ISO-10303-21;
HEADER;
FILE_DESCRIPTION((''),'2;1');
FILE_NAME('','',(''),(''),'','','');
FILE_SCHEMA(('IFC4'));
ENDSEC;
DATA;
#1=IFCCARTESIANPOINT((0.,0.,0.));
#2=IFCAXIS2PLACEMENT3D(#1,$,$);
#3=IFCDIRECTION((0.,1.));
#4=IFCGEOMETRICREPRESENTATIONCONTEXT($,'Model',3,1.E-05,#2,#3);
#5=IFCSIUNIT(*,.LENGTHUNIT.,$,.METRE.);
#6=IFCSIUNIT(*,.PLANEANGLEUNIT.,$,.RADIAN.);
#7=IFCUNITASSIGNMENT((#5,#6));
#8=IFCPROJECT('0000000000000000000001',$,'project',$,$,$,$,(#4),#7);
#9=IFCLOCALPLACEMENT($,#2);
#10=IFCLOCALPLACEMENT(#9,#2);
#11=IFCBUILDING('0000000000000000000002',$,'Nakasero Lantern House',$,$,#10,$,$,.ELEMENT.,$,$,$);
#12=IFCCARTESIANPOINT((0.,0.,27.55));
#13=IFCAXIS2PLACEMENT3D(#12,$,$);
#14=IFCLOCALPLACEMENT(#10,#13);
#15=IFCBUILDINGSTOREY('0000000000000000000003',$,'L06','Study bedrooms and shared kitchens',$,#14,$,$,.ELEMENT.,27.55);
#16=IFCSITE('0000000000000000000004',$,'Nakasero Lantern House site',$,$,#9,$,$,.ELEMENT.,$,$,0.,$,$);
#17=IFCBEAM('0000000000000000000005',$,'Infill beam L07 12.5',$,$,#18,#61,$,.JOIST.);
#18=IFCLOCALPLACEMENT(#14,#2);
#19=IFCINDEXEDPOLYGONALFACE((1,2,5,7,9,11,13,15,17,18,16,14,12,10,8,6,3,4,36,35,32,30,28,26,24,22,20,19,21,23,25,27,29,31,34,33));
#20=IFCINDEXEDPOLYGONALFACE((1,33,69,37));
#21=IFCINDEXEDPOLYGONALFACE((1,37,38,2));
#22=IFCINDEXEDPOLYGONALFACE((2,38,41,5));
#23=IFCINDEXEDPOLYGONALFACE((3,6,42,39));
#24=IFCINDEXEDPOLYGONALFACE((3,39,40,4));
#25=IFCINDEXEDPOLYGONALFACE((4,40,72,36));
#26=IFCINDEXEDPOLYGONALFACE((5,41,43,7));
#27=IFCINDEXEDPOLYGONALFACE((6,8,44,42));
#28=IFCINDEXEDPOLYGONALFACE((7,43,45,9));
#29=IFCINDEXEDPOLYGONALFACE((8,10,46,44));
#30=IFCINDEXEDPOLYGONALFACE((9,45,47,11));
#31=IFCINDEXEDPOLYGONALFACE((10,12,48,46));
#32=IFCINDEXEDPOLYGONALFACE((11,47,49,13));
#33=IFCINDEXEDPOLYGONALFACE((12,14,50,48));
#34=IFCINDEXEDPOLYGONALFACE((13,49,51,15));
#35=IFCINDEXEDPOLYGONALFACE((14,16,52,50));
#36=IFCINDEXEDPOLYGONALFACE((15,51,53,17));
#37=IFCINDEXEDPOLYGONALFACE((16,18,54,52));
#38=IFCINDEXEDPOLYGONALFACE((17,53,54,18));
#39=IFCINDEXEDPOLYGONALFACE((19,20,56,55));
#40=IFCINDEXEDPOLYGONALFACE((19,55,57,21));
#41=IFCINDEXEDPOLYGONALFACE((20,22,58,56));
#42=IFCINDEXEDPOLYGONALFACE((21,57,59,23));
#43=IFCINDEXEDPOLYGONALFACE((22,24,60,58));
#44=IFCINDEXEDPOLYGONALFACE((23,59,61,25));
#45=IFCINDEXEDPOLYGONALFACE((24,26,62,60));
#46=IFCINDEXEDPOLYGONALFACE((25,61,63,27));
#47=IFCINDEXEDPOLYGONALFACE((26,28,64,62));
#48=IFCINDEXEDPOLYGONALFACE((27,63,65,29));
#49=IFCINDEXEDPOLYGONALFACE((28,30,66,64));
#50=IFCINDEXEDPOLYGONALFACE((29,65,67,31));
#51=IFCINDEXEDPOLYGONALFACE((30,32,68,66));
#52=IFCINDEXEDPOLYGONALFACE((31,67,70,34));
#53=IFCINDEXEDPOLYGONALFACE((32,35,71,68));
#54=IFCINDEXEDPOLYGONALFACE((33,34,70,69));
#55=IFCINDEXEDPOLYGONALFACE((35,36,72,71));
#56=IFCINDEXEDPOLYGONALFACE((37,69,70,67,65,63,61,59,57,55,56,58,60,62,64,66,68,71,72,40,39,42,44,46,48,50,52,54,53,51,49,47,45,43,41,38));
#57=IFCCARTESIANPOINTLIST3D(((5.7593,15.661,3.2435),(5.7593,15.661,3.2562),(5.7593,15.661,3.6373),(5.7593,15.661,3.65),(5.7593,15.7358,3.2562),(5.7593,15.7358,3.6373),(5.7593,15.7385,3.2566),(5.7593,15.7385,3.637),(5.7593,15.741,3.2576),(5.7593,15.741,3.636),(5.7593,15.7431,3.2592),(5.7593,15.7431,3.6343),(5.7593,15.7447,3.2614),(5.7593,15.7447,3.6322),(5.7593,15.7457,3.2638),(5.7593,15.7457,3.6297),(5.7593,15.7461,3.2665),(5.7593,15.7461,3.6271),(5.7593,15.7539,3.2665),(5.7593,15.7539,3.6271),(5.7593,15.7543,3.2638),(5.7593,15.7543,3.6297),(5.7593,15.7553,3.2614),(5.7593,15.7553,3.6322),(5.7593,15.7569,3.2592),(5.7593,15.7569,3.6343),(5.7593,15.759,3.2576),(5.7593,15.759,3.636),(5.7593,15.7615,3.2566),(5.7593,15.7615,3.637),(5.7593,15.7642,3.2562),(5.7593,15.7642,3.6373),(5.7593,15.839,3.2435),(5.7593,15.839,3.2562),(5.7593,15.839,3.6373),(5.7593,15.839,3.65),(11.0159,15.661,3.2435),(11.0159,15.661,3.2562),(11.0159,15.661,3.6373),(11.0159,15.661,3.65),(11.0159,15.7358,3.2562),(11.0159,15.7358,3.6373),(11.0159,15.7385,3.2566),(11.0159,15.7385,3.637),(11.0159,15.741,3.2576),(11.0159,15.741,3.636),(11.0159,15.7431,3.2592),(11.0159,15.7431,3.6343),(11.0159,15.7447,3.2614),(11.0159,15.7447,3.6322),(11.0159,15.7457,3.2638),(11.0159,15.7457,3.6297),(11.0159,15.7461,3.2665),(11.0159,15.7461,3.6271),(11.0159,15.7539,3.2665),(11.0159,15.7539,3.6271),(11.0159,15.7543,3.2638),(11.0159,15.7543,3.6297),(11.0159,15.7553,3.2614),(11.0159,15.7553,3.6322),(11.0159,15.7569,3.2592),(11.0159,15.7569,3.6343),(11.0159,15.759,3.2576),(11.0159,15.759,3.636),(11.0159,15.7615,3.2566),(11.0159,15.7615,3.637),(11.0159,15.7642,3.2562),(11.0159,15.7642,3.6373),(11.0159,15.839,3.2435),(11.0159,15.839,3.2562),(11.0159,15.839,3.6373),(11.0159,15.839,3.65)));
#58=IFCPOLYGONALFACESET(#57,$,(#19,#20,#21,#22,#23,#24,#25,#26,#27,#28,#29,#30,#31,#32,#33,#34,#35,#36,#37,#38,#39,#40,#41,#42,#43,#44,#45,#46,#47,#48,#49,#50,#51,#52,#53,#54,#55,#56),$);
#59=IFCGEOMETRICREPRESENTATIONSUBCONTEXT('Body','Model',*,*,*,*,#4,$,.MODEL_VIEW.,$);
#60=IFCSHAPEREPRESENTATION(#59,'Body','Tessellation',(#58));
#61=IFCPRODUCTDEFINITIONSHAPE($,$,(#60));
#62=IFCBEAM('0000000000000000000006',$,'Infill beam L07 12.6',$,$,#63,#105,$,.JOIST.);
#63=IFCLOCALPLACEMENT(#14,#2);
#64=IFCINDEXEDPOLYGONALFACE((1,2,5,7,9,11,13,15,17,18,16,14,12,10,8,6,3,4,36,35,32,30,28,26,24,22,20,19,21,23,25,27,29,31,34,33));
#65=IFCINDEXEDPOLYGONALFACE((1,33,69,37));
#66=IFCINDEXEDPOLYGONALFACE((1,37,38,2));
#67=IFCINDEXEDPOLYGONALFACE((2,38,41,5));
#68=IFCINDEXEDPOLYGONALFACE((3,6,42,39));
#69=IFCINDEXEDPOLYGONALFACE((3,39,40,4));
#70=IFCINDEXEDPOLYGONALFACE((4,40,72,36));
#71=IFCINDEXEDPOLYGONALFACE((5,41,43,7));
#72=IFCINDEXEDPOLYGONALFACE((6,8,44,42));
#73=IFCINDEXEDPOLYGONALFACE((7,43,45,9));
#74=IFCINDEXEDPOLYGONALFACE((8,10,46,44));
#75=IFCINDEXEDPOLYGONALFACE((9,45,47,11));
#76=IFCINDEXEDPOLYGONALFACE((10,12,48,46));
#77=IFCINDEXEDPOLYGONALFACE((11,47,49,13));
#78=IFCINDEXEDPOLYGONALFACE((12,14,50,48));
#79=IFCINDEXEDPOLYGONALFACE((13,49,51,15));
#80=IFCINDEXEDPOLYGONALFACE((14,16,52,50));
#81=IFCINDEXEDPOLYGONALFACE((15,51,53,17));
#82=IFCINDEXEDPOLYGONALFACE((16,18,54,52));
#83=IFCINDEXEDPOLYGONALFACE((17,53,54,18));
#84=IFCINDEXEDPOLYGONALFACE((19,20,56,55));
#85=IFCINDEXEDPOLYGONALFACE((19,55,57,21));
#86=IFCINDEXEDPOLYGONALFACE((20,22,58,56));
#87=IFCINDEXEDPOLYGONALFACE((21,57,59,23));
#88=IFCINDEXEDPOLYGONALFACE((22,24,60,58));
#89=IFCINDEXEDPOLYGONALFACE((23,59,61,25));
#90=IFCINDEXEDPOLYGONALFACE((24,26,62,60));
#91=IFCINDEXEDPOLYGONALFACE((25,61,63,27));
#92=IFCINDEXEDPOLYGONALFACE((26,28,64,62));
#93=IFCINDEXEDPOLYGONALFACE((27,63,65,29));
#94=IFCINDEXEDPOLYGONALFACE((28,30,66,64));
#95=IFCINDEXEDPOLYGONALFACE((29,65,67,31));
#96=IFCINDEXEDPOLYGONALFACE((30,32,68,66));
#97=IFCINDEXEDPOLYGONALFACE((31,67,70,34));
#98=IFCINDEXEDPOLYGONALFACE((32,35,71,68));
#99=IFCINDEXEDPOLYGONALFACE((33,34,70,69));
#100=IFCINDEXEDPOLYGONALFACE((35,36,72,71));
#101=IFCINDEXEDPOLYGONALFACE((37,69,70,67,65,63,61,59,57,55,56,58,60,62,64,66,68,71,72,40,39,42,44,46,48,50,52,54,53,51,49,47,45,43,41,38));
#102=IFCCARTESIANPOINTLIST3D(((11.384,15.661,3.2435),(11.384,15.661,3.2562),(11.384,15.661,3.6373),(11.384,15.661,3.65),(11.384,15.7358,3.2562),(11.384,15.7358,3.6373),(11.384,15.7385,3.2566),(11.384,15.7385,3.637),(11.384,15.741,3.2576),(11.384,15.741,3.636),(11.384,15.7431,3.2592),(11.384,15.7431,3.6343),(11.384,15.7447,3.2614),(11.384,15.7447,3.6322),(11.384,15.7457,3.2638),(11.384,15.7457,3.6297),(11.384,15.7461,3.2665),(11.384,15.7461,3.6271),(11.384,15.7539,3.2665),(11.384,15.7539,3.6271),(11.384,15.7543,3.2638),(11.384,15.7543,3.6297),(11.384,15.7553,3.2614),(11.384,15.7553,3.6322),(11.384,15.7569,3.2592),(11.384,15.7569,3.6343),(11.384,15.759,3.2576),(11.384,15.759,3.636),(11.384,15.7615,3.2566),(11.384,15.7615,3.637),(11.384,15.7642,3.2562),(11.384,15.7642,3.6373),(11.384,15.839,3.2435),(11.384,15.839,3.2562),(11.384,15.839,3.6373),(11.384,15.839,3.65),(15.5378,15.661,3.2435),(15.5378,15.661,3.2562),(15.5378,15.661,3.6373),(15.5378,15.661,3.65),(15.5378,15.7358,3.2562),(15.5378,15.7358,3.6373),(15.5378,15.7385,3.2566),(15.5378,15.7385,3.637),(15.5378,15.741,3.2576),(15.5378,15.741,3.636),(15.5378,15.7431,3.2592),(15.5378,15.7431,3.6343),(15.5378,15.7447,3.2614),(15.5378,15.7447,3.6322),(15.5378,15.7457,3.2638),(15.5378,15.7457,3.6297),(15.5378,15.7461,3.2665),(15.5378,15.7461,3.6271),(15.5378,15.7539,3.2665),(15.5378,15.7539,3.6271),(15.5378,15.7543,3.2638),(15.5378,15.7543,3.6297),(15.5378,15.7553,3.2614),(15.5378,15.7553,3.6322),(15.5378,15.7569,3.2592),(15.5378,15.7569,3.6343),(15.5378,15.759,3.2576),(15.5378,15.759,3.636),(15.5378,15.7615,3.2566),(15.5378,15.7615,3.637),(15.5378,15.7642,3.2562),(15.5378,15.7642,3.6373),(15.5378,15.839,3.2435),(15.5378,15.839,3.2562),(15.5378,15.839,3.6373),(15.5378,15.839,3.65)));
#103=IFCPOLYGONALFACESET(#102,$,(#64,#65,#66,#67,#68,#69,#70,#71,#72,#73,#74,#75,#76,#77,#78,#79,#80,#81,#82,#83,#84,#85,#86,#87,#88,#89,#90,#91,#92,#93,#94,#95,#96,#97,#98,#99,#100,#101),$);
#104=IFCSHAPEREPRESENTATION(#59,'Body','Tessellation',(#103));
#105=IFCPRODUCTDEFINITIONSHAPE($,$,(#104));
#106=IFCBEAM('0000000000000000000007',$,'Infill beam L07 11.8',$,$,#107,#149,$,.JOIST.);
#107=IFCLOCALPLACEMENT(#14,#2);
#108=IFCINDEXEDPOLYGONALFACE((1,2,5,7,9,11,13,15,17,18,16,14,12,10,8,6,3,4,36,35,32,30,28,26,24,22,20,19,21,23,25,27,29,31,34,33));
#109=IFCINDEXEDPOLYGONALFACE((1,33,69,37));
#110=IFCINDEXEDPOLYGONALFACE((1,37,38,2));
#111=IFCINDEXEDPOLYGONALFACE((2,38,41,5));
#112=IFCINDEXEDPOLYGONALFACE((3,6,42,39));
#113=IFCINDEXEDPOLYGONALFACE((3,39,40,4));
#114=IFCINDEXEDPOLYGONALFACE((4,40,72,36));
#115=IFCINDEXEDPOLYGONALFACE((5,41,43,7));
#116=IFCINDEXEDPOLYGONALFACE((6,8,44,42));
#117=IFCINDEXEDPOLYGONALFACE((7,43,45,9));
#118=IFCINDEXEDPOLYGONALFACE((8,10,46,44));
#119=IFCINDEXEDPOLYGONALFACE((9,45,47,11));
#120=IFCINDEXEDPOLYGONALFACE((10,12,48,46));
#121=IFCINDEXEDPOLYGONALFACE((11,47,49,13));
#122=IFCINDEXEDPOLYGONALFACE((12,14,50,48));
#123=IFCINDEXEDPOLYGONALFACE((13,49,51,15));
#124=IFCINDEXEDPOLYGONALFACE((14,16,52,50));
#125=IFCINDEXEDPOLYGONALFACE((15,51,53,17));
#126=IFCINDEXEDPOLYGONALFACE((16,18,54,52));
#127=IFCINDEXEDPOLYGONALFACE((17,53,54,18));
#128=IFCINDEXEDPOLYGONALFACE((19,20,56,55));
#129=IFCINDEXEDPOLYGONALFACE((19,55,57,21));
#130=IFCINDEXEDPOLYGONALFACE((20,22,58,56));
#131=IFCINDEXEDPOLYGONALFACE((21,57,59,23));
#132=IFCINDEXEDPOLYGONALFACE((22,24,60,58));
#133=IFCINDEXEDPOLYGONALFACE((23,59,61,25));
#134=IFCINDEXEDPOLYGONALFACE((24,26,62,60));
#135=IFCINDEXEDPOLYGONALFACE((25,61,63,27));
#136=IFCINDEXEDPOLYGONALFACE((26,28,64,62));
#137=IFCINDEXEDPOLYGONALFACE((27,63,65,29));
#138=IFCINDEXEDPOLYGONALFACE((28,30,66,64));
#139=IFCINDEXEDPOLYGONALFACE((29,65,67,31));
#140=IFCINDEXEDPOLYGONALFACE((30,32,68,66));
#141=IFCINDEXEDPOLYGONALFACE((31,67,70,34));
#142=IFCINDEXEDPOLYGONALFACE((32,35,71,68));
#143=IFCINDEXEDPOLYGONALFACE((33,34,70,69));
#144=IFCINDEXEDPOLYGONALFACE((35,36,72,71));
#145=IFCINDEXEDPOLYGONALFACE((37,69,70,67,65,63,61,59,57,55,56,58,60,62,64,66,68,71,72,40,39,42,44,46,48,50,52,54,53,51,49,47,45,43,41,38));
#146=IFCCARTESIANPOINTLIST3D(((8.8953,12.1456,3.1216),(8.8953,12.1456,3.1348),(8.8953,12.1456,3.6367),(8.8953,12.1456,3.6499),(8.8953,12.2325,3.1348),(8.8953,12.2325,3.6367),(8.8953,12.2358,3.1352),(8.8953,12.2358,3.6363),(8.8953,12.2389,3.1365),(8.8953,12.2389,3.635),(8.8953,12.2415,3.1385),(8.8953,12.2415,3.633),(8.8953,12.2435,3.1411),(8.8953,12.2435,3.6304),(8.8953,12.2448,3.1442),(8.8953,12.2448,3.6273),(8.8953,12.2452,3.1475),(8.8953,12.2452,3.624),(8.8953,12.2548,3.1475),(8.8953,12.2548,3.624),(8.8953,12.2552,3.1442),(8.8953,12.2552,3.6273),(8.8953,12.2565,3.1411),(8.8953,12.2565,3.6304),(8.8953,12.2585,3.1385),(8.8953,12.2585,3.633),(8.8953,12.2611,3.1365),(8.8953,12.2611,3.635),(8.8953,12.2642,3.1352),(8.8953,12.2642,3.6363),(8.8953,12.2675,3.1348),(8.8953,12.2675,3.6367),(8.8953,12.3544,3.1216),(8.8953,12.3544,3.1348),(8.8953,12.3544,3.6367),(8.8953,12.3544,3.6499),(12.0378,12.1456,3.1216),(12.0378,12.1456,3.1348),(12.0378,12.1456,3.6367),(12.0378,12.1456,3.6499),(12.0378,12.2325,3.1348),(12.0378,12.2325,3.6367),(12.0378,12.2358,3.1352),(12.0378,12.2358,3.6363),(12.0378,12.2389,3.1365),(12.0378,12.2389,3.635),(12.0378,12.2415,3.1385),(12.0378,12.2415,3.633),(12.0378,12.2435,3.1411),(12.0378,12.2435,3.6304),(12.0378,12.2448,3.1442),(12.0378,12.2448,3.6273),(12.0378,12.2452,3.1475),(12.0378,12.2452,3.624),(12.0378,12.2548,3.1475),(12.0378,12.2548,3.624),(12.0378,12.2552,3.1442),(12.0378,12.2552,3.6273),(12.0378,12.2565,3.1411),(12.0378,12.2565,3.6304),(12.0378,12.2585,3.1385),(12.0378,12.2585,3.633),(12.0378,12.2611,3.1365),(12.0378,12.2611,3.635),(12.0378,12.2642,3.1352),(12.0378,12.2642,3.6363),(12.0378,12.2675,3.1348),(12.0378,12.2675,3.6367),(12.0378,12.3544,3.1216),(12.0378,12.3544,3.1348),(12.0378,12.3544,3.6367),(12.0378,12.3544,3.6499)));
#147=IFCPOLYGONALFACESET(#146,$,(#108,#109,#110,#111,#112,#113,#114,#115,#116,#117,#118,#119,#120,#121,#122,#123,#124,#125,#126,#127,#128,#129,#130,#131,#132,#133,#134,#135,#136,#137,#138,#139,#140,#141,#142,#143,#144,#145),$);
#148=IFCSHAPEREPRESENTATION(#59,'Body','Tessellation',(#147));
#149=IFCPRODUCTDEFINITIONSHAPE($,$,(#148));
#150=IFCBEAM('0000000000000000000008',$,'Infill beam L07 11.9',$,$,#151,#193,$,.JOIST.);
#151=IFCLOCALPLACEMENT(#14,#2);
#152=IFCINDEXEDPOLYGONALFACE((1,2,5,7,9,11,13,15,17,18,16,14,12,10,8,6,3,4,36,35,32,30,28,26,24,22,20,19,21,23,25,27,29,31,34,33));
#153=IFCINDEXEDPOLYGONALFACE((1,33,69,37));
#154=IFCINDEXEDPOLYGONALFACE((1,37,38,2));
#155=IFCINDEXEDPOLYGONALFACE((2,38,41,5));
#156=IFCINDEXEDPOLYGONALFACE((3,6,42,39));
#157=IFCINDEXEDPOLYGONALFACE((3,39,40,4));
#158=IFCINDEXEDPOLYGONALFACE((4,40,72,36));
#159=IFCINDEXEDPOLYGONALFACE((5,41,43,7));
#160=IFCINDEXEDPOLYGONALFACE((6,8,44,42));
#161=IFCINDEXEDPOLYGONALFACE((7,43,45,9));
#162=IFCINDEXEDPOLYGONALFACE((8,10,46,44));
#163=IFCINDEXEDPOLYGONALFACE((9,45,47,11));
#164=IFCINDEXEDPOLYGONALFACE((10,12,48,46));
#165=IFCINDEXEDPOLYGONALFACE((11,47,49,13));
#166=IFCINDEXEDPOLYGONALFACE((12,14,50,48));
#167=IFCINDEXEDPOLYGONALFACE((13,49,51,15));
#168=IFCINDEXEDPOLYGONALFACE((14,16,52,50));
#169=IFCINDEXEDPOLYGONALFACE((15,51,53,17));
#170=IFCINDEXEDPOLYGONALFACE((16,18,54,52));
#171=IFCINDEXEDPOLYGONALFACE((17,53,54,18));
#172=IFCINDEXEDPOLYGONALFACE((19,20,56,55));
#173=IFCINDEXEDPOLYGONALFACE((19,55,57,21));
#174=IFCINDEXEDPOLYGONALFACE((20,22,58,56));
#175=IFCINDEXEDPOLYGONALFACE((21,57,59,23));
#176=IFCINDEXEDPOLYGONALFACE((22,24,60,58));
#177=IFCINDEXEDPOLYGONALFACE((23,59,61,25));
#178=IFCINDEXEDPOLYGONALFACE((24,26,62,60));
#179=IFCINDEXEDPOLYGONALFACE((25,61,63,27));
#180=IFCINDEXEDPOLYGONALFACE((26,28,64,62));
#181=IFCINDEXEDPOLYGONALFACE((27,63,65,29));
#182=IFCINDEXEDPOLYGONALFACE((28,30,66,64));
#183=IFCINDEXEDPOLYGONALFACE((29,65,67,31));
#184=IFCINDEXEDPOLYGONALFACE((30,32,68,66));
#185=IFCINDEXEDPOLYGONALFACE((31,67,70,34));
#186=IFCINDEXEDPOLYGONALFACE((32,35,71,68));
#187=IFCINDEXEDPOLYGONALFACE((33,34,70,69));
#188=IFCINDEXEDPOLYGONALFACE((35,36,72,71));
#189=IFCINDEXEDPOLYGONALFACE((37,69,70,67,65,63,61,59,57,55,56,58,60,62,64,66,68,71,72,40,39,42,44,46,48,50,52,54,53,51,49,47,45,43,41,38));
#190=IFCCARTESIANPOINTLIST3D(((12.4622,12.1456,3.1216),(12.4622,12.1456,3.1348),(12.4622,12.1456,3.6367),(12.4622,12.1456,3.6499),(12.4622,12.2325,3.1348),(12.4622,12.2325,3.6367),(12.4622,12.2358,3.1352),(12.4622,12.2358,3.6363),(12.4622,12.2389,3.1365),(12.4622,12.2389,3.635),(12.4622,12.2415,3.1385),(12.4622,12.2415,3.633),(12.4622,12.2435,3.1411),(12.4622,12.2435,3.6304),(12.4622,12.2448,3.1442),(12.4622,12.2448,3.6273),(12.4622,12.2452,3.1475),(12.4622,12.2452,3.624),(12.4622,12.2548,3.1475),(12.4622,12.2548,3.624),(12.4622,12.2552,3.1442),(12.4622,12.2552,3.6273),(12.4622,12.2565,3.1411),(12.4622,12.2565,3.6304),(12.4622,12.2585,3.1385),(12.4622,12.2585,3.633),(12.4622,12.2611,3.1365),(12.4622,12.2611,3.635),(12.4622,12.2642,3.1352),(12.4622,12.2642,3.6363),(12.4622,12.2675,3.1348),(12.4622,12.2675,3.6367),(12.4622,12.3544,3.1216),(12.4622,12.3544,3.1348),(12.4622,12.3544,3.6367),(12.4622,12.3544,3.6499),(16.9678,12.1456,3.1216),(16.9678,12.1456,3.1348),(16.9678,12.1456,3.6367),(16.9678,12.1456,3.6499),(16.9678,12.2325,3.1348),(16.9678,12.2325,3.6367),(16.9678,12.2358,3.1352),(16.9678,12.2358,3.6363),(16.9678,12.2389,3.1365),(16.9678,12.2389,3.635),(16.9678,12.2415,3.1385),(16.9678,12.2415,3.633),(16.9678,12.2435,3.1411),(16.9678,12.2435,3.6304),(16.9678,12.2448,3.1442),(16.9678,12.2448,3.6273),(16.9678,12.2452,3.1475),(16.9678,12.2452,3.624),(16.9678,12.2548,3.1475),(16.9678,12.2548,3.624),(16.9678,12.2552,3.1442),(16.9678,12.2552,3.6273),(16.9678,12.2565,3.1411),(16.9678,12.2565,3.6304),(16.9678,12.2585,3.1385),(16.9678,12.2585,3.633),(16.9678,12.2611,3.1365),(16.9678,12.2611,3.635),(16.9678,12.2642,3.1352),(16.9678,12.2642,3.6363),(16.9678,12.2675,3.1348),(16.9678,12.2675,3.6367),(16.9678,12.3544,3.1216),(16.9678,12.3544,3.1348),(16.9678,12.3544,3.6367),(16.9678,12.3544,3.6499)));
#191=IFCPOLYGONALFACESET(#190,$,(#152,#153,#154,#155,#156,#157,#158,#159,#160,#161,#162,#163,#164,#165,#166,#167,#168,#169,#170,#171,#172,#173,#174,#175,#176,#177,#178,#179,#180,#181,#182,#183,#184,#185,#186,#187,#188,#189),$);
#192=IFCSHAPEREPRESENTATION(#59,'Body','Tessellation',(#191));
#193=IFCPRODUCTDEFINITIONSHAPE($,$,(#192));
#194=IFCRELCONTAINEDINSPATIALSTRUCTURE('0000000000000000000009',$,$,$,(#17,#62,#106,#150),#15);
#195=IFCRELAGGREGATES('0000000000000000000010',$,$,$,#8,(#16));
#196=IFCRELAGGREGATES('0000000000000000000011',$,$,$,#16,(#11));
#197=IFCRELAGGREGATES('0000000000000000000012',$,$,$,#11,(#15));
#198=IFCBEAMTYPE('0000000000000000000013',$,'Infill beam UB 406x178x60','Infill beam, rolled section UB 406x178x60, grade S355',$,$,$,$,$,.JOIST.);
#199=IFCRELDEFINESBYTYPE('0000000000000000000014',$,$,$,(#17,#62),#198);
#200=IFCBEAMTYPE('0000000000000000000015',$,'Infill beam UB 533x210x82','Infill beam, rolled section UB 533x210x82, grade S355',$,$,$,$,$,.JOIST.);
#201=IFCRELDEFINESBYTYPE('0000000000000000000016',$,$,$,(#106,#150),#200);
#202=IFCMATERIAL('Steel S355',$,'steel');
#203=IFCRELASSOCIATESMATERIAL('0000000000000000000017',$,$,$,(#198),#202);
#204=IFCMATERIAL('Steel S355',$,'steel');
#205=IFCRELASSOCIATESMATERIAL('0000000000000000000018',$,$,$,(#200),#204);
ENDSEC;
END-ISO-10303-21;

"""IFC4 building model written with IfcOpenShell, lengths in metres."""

from ifc_helpers import new_model, si_unit, direction, frame, origin, origin_2d, place, context, subcontext, project, spatial, i_section, extrude, material, material_profile, profile_set, type_object, element, save


model = new_model("IFC4")

# Units and contexts
model_context = context("Model", 3, precision=1e-05, world=origin(), true_north=direction((0.0, 1.0)))
body_context = subcontext(model_context, "Body", "Model", "MODEL_VIEW")
ifc_project = project(units=[si_unit("LENGTHUNIT", "METRE"), si_unit("PLANEANGLEUNIT", "RADIAN")], contexts=[model_context])

# Site, building, storey
site_placement = place(None, origin())
site = spatial("IfcSite", under=ifc_project, at=site_placement, Name="Nakasero Lantern House site", CompositionType="ELEMENT", RefElevation=0.0)
building_placement = place(site_placement, origin())
building = spatial("IfcBuilding", under=site, at=building_placement, Name="Nakasero Lantern House", CompositionType="ELEMENT")
storey_placement = place(building_placement, frame((0.0, 0.0, 27.55)))
storey = spatial("IfcBuildingStorey", under=building, at=storey_placement, Name="L06", Description="Study bedrooms and shared kitchens", CompositionType="ELEMENT", Elevation=27.55)

# Beams
ifc_material_1 = material(Name="Steel S355", Category="steel")
ifc_material_profile_1 = material_profile(ifc_material_1, i_section(OverallWidth=0.178, OverallDepth=0.4065, WebThickness=0.0078, FlangeThickness=0.0127, FilletRadius=0.0103, at=origin_2d()), Name="UB 406x178x60")
ifc_profile_set_1 = profile_set([ifc_material_profile_1], Name="Steel S355")
beam_type_1 = type_object("IfcBeamType", Name="Infill beam UB 406x178x60", Description="Infill beam, rolled section UB 406x178x60, grade S355", PredefinedType="JOIST", material=ifc_profile_set_1)
beam_1_placement = place(storey_placement, frame((5.7593, 15.75, 3.4468), z_axis=(1.0, 0.0, 0.0), x_axis=(0.0, 1.0, 0.0)))
element("IfcBeam", 1, at=beam_1_placement, inside=storey, type_object=beam_type_1, Name="Infill beam L07 12.5", PredefinedType="JOIST", context=body_context, shape_type="SweptSolid", body=[
    extrude(i_section(OverallWidth=0.178, OverallDepth=0.4065, WebThickness=0.0078, FlangeThickness=0.0127, FilletRadius=0.0103, at=origin_2d()), origin(), (0.0, 0.0, 1.0), 5.2566),
])
beam_2_placement = place(storey_placement, frame((11.384, 15.75, 3.4468), z_axis=(1.0, 0.0, 0.0), x_axis=(0.0, 1.0, 0.0)))
element("IfcBeam", 2, at=beam_2_placement, inside=storey, type_object=beam_type_1, Name="Infill beam L07 12.6", PredefinedType="JOIST", context=body_context, shape_type="SweptSolid", body=[
    extrude(i_section(OverallWidth=0.178, OverallDepth=0.4065, WebThickness=0.0078, FlangeThickness=0.0127, FilletRadius=0.0103, at=origin_2d()), origin(), (0.0, 0.0, 1.0), 4.1538),
])
ifc_material_2 = material(Name="Steel S355", Category="steel")
ifc_material_profile_2 = material_profile(ifc_material_2, i_section(OverallWidth=0.2087, OverallDepth=0.5283, WebThickness=0.0095, FlangeThickness=0.0132, FilletRadius=0.0127, at=origin_2d()), Name="UB 533x210x82")
ifc_profile_set_2 = profile_set([ifc_material_profile_2], Name="Steel S355")
beam_type_2 = type_object("IfcBeamType", Name="Infill beam UB 533x210x82", Description="Infill beam, rolled section UB 533x210x82, grade S355", PredefinedType="JOIST", material=ifc_profile_set_2)
beam_3_placement = place(storey_placement, frame((8.8953, 12.25, 3.3857), z_axis=(1.0, 0.0, 0.0), x_axis=(0.0, 1.0, 0.0)))
element("IfcBeam", 3, at=beam_3_placement, inside=storey, type_object=beam_type_2, Name="Infill beam L07 11.8", PredefinedType="JOIST", context=body_context, shape_type="SweptSolid", body=[
    extrude(i_section(OverallWidth=0.2087, OverallDepth=0.5283, WebThickness=0.0095, FlangeThickness=0.0132, FilletRadius=0.0127, at=origin_2d()), origin(), (0.0, 0.0, 1.0), 3.1426),
])
beam_4_placement = place(storey_placement, frame((12.4622, 12.25, 3.3857), z_axis=(1.0, 0.0, 0.0), x_axis=(0.0, 1.0, 0.0)))
element("IfcBeam", 4, at=beam_4_placement, inside=storey, type_object=beam_type_2, Name="Infill beam L07 11.9", PredefinedType="JOIST", context=body_context, shape_type="SweptSolid", body=[
    extrude(i_section(OverallWidth=0.2087, OverallDepth=0.5283, WebThickness=0.0095, FlangeThickness=0.0132, FilletRadius=0.0127, at=origin_2d()), origin(), (0.0, 0.0, 1.0), 4.5056),
])

save(model, "model.ifc")
